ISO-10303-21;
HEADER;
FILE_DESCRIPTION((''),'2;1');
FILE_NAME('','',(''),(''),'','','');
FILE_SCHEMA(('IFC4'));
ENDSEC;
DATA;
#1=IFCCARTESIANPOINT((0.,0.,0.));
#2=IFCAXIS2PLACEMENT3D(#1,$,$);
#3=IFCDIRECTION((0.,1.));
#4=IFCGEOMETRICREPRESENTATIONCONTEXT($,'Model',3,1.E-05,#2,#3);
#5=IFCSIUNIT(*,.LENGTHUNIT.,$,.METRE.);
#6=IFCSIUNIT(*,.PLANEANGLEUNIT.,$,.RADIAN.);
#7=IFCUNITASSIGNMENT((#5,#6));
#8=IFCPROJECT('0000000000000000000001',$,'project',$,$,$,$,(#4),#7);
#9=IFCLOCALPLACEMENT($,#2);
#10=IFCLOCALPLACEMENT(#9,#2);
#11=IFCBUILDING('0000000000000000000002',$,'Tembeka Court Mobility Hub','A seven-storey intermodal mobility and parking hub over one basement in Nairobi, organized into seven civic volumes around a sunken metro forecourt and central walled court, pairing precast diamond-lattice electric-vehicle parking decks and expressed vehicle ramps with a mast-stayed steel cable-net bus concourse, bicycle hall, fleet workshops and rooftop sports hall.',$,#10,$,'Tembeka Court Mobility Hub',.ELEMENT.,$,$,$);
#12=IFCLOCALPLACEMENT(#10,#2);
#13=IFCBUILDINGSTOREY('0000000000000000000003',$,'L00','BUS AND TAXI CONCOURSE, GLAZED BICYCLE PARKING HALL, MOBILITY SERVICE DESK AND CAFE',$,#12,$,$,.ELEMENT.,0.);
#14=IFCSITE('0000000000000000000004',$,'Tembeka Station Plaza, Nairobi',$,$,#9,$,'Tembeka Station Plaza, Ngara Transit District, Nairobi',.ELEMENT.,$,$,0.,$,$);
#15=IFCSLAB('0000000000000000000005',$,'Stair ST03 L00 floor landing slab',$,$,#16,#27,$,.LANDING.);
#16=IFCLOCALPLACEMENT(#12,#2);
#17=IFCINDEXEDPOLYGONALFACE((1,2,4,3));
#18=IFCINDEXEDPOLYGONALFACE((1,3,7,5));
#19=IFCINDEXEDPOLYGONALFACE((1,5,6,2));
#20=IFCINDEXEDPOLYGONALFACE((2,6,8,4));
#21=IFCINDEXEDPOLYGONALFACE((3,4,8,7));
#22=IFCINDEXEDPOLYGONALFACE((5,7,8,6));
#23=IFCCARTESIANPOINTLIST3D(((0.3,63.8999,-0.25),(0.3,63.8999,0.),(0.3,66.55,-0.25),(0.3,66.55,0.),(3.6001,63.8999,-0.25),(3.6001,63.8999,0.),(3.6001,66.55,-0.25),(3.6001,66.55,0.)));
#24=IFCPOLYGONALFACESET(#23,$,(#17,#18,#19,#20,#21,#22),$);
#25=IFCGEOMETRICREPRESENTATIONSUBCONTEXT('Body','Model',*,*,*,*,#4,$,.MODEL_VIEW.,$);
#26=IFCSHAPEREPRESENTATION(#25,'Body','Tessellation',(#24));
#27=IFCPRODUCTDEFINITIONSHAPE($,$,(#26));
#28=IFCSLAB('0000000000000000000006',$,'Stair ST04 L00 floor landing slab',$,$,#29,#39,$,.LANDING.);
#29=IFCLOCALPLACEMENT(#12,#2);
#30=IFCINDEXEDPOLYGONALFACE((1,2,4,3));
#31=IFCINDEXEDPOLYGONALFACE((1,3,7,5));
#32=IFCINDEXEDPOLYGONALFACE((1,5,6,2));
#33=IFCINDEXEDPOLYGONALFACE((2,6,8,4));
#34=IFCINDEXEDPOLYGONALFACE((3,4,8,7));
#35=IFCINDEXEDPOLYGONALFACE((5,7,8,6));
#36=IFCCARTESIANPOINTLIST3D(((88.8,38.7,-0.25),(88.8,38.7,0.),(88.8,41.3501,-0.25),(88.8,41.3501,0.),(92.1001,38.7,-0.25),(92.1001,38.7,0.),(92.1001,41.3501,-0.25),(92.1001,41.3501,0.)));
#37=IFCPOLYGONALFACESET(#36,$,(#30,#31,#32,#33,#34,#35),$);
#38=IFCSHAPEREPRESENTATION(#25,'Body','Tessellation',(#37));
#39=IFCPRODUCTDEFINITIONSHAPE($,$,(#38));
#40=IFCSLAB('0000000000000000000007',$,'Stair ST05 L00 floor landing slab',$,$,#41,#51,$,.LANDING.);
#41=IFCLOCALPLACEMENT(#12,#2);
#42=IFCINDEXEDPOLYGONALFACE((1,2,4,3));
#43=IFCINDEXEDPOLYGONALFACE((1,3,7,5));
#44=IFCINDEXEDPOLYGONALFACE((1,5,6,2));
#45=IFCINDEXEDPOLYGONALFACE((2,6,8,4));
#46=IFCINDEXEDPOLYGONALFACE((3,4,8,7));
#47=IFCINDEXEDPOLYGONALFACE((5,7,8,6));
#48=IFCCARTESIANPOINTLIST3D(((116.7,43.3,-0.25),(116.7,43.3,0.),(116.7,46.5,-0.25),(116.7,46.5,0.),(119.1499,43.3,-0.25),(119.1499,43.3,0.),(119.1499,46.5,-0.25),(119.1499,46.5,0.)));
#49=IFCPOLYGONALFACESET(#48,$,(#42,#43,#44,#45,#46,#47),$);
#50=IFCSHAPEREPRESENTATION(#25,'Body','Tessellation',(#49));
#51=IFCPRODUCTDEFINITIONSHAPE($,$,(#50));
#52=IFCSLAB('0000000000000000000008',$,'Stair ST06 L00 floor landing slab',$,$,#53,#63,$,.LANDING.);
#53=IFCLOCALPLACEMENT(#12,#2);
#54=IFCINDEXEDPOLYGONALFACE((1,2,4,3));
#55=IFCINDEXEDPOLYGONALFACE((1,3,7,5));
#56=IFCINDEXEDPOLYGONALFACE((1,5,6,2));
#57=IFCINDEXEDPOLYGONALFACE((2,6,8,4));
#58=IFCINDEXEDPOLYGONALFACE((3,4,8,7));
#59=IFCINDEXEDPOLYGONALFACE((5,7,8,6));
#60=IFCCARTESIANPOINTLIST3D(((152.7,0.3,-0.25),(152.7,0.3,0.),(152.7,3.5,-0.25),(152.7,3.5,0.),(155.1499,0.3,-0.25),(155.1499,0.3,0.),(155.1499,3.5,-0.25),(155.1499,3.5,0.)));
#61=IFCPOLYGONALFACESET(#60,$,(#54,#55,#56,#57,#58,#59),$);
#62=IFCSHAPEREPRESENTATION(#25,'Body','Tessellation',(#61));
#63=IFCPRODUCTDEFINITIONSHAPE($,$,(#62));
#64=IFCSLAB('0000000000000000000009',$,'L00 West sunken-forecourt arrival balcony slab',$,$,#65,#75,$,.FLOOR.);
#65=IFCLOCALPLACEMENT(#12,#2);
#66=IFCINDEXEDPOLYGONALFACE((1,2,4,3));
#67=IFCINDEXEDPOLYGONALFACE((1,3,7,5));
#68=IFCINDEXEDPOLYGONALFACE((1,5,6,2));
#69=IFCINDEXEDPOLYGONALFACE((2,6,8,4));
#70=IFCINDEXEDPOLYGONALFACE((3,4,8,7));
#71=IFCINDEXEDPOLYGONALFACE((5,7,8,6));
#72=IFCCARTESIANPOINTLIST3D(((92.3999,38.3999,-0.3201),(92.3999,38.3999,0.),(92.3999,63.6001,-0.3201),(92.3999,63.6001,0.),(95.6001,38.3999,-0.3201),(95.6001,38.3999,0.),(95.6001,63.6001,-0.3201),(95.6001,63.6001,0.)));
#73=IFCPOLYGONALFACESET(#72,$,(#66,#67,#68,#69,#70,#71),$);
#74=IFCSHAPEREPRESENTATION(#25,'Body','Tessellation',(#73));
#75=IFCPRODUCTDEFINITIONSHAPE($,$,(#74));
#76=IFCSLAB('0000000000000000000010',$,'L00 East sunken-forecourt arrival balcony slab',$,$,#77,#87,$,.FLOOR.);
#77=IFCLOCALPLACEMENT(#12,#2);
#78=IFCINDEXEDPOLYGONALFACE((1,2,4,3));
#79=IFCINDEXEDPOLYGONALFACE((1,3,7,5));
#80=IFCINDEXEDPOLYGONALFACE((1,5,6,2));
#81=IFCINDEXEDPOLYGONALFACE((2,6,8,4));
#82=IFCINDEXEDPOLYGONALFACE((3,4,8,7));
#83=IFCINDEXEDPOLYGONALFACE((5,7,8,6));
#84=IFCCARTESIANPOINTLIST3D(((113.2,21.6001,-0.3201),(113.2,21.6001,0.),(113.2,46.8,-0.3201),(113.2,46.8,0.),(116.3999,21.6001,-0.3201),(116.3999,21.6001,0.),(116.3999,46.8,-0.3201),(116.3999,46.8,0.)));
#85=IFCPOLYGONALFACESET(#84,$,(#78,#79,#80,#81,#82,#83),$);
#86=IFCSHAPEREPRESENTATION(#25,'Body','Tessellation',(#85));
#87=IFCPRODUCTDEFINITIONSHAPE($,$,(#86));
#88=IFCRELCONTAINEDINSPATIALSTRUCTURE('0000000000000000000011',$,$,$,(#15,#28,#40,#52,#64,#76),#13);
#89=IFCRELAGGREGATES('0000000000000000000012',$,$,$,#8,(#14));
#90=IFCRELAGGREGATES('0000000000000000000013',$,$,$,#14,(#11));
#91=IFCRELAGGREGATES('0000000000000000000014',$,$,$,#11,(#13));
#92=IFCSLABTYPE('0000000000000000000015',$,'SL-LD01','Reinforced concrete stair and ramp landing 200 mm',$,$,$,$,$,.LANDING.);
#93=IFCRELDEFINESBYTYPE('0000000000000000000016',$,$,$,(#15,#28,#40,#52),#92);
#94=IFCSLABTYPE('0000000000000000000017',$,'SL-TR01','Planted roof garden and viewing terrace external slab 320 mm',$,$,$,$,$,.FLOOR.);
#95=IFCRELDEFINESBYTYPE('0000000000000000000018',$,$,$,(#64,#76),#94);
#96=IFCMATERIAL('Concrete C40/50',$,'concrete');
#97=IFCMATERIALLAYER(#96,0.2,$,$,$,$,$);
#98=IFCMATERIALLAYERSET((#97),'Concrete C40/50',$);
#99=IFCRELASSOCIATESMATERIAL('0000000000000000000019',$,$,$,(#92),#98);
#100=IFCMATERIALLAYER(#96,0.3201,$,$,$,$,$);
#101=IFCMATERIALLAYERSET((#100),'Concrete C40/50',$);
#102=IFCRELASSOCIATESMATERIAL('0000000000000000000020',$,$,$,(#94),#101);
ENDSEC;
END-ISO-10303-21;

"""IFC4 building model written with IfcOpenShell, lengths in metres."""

from ifc_helpers import new_model, si_unit, direction, frame, origin, place, context, subcontext, project, spatial, polyline, outline, extrude, material, layer, layer_set, type_object, element, save


model = new_model("IFC4")

# Units and contexts
model_context = context("Model", 3, precision=1e-05, world=origin(), true_north=direction((0.0, 1.0)))
body_context = subcontext(model_context, "Body", "Model", "MODEL_VIEW")
ifc_project = project(units=[si_unit("LENGTHUNIT", "METRE"), si_unit("PLANEANGLEUNIT", "RADIAN")], contexts=[model_context])

# Site, building, storey
site_placement = place(None, origin())
site = spatial("IfcSite", under=ifc_project, at=site_placement, Name="Tembeka Station Plaza, Nairobi", LongName="Tembeka Station Plaza, Ngara Transit District, Nairobi", CompositionType="ELEMENT", RefElevation=0.0)
building_placement = place(site_placement, origin())
building = spatial("IfcBuilding", under=site, at=building_placement, Name="Tembeka Court Mobility Hub", Description="A seven-storey intermodal mobility and parking hub over one basement in Nairobi, organized into seven civic volumes around a sunken metro forecourt and central walled court, pairing precast diamond-lattice electric-vehicle parking decks and expressed vehicle ramps with a mast-stayed steel cable-net bus concourse, bicycle hall, fleet workshops and rooftop sports hall.", LongName="Tembeka Court Mobility Hub", CompositionType="ELEMENT")
storey_placement = place(building_placement, origin())
storey = spatial("IfcBuildingStorey", under=building, at=storey_placement, Name="L00", Description="BUS AND TAXI CONCOURSE, GLAZED BICYCLE PARKING HALL, MOBILITY SERVICE DESK AND CAFE", CompositionType="ELEMENT", Elevation=0.0)

# Slabs
ifc_material_1 = material(Name="Concrete C40/50", Category="concrete")
ifc_layer_1 = layer(ifc_material_1, 0.2)
ifc_layer_set_1 = layer_set([ifc_layer_1], Name="Concrete C40/50")
slab_type_1 = type_object("IfcSlabType", Name="SL-LD01", Description="Reinforced concrete stair and ramp landing 200 mm", PredefinedType="LANDING", material=ifc_layer_set_1)
slab_1_placement = place(storey_placement, frame((0.0, 0.0, -0.25)))
element("IfcSlab", 1, at=slab_1_placement, inside=storey, type_object=slab_type_1, Name="Stair ST03 L00 floor landing slab", PredefinedType="LANDING", context=body_context, shape_type="SweptSolid", body=[
    extrude(outline(polyline([(0.3, 63.8999), (3.6001, 63.8999), (3.6001, 66.55), (0.3, 66.55), (0.3, 63.8999)])), origin(), (0.0, 0.0, 1.0), 0.25),
])
slab_2_placement = place(storey_placement, frame((0.0, 0.0, -0.25)))
element("IfcSlab", 2, at=slab_2_placement, inside=storey, type_object=slab_type_1, Name="Stair ST04 L00 floor landing slab", PredefinedType="LANDING", context=body_context, shape_type="SweptSolid", body=[
    extrude(outline(polyline([(88.8, 38.7), (92.1001, 38.7), (92.1001, 41.3501), (88.8, 41.3501), (88.8, 38.7)])), origin(), (0.0, 0.0, 1.0), 0.25),
])
slab_3_placement = place(storey_placement, frame((0.0, 0.0, -0.25)))
element("IfcSlab", 3, at=slab_3_placement, inside=storey, type_object=slab_type_1, Name="Stair ST05 L00 floor landing slab", PredefinedType="LANDING", context=body_context, shape_type="SweptSolid", body=[
    extrude(outline(polyline([(116.7, 43.3), (119.1499, 43.3), (119.1499, 46.5), (116.7, 46.5), (116.7, 43.3)])), origin(), (0.0, 0.0, 1.0), 0.25),
])
slab_4_placement = place(storey_placement, frame((0.0, 0.0, -0.25)))
element("IfcSlab", 4, at=slab_4_placement, inside=storey, type_object=slab_type_1, Name="Stair ST06 L00 floor landing slab", PredefinedType="LANDING", context=body_context, shape_type="SweptSolid", body=[
    extrude(outline(polyline([(152.7, 0.3), (155.1499, 0.3), (155.1499, 3.5), (152.7, 3.5), (152.7, 0.3)])), origin(), (0.0, 0.0, 1.0), 0.25),
])
ifc_layer_2 = layer(ifc_material_1, 0.3201)
ifc_layer_set_2 = layer_set([ifc_layer_2], Name="Concrete C40/50")
slab_type_2 = type_object("IfcSlabType", Name="SL-TR01", Description="Planted roof garden and viewing terrace external slab 320 mm", PredefinedType="FLOOR", material=ifc_layer_set_2)
slab_5_placement = place(storey_placement, frame((0.0, 0.0, -0.3201)))
element("IfcSlab", 5, at=slab_5_placement, inside=storey, type_object=slab_type_2, Name="L00 West sunken-forecourt arrival balcony slab", PredefinedType="FLOOR", context=body_context, shape_type="SweptSolid", body=[
    extrude(outline(polyline([(92.3999, 38.3999), (95.6001, 38.3999), (95.6001, 63.6001), (92.3999, 63.6001), (92.3999, 38.3999)])), origin(), (0.0, 0.0, 1.0), 0.3201),
])
slab_6_placement = place(storey_placement, frame((0.0, 0.0, -0.3201)))
element("IfcSlab", 6, at=slab_6_placement, inside=storey, type_object=slab_type_2, Name="L00 East sunken-forecourt arrival balcony slab", PredefinedType="FLOOR", context=body_context, shape_type="SweptSolid", body=[
    extrude(outline(polyline([(113.2, 21.6001), (116.3999, 21.6001), (116.3999, 46.8), (113.2, 46.8), (113.2, 21.6001)])), origin(), (0.0, 0.0, 1.0), 0.3201),
])

save(model, "model.ifc")
